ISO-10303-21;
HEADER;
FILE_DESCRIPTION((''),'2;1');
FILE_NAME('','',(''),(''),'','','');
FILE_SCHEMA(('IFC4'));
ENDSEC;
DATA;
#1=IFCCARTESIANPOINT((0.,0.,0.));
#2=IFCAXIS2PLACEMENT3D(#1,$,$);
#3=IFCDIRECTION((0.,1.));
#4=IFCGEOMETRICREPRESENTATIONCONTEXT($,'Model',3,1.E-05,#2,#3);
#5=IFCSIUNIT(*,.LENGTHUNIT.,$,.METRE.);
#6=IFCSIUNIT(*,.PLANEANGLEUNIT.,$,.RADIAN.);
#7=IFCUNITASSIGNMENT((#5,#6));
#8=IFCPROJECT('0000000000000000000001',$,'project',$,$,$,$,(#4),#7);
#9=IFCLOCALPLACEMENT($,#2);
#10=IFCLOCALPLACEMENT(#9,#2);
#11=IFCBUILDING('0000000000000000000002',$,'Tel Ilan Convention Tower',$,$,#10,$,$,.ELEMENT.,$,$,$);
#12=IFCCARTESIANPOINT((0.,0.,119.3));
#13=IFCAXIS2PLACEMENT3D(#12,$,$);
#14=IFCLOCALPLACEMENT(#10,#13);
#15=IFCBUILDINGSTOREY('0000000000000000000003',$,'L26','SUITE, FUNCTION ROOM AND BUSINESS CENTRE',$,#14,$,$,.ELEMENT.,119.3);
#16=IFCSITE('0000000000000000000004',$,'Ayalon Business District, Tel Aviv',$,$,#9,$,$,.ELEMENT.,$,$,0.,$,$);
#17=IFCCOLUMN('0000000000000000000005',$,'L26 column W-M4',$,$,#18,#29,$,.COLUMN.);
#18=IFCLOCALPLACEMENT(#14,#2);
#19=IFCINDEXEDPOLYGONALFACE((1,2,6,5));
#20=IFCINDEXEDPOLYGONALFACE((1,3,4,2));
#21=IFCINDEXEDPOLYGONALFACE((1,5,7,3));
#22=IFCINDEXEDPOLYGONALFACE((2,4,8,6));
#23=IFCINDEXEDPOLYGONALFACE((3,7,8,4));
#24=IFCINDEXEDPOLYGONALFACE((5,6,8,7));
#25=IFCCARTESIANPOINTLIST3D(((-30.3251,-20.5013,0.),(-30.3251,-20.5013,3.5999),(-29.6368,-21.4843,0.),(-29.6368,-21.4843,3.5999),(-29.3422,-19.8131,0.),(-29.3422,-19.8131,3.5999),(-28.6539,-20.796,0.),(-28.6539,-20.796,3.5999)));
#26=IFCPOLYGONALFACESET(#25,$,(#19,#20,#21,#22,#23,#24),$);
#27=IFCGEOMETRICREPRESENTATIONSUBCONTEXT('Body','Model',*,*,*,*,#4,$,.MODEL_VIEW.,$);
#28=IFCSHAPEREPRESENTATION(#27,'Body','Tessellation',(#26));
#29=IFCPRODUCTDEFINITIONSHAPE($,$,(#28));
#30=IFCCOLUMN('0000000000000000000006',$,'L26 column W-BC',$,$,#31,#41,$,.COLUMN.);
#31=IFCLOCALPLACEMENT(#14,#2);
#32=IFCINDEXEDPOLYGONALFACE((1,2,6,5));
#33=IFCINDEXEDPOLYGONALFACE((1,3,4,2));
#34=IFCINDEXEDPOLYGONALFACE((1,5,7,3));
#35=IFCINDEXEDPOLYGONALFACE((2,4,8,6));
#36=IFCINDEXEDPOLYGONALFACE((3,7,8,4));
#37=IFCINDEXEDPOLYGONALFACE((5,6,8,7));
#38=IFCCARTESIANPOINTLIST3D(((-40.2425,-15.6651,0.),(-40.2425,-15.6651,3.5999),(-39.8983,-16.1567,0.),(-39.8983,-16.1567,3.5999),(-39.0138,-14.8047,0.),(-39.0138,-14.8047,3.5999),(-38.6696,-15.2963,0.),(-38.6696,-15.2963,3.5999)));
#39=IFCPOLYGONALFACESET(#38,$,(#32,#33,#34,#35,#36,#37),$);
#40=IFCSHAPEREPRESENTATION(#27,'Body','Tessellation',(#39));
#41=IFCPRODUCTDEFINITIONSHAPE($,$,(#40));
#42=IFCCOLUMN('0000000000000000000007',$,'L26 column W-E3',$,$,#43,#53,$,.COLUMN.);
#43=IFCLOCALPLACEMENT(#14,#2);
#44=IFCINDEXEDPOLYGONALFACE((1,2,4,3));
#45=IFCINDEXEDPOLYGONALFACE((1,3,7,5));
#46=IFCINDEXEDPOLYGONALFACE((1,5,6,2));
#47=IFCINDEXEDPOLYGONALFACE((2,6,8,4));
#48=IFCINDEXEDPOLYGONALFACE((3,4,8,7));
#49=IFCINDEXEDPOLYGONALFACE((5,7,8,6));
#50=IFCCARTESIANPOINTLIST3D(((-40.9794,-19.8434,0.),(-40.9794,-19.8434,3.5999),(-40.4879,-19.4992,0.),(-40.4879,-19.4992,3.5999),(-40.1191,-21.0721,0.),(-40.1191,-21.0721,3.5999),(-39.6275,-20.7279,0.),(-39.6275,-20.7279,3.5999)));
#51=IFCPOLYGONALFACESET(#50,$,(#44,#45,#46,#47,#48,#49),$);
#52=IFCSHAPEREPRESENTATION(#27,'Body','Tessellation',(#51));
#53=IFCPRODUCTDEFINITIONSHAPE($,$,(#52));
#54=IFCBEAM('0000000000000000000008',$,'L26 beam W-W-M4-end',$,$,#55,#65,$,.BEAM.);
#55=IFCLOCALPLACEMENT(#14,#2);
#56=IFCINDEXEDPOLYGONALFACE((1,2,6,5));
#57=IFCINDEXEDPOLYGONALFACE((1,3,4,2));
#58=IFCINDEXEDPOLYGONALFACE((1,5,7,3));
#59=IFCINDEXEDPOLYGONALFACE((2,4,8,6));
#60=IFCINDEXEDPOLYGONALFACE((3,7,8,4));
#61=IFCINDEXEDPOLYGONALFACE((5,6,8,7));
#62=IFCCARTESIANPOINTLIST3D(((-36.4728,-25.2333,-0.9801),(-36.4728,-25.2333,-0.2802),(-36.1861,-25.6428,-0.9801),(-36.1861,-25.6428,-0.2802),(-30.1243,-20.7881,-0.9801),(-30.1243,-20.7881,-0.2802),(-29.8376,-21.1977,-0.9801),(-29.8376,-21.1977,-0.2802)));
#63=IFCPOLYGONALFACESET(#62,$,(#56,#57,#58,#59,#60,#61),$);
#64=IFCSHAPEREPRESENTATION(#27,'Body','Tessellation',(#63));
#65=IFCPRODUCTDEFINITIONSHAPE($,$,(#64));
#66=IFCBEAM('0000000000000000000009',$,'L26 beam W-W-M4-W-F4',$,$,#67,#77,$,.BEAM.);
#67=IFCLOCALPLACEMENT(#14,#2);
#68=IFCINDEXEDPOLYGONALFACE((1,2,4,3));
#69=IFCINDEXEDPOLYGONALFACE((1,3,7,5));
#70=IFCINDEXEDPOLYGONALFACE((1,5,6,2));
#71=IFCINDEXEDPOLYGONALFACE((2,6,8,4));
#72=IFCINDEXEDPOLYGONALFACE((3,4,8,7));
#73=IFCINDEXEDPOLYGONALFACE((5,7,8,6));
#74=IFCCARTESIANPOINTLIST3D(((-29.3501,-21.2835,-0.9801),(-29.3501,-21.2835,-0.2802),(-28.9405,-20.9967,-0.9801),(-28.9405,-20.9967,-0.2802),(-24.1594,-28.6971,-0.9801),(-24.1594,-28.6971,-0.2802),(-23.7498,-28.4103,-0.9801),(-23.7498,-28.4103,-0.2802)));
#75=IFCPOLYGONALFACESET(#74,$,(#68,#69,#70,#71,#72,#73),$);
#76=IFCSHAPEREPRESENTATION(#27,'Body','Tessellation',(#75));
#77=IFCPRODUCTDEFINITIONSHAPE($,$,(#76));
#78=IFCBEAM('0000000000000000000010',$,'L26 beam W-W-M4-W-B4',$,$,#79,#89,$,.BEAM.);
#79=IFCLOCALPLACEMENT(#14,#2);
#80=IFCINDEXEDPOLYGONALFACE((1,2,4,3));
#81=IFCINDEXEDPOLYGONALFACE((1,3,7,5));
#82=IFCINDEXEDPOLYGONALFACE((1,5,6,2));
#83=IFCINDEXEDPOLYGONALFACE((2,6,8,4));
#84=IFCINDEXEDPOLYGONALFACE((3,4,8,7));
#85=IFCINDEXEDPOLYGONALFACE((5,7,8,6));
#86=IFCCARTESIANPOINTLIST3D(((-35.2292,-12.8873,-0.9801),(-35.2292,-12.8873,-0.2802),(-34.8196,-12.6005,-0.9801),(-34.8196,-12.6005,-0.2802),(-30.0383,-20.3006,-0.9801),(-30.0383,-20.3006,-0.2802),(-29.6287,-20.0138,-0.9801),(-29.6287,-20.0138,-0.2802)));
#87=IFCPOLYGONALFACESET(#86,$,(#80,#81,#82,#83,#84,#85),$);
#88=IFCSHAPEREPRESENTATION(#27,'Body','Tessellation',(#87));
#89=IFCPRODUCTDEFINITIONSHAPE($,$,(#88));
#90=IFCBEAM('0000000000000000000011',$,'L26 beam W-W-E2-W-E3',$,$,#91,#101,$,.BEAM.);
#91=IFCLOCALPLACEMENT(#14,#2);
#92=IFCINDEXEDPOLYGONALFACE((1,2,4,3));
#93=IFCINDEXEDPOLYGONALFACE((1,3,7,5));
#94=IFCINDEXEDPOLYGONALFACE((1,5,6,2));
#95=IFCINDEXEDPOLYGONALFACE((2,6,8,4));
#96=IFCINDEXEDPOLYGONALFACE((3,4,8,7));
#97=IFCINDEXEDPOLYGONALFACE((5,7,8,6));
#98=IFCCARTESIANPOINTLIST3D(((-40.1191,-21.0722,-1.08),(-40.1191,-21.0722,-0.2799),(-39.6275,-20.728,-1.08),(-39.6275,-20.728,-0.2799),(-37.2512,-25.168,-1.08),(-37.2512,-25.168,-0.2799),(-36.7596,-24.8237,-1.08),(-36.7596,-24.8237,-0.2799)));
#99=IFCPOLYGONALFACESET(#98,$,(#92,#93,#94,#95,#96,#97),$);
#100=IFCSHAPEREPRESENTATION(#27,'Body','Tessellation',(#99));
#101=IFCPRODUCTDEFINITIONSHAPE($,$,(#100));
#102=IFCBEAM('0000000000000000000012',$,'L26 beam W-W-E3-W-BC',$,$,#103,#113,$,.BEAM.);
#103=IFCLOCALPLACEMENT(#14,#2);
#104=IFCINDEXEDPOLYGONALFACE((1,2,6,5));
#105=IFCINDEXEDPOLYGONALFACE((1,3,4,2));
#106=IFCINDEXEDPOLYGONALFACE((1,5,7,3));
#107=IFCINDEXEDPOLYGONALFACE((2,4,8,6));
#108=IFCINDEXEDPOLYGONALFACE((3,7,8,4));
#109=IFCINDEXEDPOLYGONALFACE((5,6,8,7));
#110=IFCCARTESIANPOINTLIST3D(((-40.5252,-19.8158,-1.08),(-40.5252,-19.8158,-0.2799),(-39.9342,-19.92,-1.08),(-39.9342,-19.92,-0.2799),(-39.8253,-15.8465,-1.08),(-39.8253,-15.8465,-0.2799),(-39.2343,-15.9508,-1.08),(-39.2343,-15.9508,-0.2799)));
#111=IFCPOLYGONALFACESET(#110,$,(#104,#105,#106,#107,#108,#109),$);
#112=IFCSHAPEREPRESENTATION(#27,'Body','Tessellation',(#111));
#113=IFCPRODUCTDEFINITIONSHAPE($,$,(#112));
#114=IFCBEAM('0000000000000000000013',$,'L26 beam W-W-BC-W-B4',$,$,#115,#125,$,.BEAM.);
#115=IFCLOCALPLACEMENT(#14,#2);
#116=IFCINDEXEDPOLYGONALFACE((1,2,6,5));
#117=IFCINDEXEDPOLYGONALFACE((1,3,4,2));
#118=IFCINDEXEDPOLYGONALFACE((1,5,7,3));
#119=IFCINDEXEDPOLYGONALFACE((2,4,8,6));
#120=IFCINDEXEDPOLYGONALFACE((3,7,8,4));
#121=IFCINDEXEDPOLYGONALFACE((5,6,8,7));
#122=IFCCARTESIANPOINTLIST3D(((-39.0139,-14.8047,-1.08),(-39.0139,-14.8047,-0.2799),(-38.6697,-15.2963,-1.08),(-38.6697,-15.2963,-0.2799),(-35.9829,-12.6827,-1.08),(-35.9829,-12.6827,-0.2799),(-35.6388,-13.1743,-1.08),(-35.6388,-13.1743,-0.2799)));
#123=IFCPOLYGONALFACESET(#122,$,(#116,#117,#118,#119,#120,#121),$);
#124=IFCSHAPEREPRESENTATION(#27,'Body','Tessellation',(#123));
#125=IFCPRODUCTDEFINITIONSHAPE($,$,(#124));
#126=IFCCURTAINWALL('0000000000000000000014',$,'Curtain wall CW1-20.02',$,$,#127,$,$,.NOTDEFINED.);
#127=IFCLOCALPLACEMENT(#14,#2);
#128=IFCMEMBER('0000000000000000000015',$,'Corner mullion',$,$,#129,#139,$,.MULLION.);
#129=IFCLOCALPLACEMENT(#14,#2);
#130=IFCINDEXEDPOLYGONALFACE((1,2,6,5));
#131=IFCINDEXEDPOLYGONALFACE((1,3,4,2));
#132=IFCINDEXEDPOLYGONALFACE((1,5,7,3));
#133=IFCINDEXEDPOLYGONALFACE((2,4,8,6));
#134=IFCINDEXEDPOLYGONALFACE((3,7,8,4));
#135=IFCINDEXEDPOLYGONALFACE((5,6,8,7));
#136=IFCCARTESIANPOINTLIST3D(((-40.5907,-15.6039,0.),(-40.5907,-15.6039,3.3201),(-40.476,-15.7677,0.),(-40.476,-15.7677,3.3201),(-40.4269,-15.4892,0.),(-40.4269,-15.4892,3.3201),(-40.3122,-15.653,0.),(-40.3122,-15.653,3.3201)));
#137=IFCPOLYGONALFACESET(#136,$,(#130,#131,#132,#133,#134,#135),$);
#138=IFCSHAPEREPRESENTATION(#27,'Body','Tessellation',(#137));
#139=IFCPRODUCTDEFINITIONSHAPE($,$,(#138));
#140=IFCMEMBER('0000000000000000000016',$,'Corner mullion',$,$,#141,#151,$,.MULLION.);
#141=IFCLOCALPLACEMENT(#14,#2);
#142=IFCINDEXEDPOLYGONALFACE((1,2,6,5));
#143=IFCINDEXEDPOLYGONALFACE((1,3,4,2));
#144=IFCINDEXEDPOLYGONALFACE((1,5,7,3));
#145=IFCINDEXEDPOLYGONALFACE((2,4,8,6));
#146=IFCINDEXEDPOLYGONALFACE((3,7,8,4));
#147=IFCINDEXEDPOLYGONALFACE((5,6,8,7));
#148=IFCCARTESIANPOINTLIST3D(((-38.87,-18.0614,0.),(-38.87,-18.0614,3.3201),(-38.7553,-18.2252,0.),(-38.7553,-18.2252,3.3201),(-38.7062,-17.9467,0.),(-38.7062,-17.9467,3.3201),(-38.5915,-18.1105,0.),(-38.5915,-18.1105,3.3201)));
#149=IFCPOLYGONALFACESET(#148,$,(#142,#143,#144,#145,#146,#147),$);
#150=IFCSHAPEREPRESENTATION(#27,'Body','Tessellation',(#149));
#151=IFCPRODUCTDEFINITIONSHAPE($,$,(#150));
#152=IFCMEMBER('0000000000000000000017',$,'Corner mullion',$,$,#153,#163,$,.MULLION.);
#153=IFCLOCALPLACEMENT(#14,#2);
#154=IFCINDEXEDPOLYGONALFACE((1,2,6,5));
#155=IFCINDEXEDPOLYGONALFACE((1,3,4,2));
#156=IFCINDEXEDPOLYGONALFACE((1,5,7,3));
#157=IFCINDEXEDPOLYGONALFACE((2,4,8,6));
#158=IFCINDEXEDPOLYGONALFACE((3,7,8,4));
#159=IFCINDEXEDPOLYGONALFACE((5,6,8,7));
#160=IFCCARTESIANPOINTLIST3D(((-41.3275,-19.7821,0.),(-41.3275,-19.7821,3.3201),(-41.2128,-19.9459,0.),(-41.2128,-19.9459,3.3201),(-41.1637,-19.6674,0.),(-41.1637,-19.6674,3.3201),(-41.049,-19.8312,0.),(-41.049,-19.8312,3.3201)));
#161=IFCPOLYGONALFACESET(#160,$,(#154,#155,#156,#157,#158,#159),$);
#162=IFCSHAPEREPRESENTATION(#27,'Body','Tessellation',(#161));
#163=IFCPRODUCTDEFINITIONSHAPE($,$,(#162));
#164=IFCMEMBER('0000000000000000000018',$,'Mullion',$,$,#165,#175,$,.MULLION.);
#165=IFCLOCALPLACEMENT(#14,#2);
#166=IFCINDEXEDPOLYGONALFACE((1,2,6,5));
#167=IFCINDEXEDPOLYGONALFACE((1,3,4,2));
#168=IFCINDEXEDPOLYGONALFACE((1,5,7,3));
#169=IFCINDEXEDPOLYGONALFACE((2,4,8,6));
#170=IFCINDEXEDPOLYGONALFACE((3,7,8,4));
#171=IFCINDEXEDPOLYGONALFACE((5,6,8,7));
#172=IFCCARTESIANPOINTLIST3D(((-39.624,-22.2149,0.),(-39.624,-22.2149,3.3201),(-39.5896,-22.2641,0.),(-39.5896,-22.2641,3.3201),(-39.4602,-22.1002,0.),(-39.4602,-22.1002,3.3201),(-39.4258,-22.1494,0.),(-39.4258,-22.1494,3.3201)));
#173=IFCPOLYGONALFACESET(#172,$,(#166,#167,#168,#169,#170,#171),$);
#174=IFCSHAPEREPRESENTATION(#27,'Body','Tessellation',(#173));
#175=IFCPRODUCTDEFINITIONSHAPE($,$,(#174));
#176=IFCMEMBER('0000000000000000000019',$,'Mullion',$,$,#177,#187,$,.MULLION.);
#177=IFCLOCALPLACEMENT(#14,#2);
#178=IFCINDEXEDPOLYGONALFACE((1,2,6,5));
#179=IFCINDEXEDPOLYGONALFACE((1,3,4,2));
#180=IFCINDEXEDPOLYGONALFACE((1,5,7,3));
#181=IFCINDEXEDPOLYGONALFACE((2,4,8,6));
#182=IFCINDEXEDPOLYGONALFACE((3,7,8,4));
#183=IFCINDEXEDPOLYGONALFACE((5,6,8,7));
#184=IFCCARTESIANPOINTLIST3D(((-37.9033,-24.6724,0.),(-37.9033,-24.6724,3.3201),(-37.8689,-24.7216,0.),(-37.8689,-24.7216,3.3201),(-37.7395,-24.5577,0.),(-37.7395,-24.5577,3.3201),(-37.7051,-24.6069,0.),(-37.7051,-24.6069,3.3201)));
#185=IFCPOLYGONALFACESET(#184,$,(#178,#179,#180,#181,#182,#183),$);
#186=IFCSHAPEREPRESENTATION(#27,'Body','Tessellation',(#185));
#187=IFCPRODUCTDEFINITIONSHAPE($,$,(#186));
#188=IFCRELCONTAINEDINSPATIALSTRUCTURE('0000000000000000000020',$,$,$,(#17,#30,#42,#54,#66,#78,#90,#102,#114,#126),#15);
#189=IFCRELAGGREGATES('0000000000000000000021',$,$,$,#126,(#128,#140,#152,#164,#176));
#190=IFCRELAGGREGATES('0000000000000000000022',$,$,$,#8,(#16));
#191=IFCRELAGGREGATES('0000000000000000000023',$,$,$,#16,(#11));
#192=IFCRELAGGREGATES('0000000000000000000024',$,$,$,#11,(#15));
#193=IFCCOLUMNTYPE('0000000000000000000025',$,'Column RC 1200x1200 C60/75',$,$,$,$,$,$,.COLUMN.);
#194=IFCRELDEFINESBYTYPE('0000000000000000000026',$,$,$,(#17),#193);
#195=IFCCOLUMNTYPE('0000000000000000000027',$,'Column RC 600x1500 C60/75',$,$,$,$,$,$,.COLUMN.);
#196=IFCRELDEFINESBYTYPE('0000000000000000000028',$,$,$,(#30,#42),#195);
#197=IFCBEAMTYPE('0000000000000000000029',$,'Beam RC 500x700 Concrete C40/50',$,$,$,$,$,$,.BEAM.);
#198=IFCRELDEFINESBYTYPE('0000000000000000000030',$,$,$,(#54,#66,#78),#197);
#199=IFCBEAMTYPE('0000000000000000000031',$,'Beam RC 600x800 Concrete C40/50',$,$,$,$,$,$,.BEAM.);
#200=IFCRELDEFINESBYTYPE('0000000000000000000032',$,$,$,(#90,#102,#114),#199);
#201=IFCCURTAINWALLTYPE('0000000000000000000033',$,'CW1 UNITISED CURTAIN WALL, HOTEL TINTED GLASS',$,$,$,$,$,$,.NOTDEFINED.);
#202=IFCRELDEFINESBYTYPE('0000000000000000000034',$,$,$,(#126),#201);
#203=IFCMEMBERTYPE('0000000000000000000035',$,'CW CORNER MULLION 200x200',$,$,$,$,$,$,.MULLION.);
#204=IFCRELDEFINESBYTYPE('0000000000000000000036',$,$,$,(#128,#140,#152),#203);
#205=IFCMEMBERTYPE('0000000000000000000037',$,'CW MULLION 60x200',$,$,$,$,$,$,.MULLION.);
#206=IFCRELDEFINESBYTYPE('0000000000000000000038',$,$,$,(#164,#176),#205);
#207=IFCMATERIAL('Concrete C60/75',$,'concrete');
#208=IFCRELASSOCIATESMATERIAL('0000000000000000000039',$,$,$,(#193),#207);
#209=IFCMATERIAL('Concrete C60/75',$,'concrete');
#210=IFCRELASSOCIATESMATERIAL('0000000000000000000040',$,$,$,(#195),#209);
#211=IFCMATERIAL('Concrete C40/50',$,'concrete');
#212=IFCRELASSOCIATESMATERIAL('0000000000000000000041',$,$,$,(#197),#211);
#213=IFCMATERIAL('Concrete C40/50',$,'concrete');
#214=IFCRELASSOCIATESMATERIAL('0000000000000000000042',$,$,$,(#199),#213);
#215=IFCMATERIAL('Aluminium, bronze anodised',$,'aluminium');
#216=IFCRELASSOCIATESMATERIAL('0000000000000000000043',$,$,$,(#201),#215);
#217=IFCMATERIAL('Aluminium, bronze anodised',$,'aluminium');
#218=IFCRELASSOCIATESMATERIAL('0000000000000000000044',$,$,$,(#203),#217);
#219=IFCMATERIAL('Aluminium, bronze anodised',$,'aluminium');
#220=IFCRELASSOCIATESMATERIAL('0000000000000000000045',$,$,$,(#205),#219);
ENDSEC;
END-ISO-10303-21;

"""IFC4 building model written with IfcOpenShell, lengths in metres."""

from ifc_helpers import new_model, si_unit, direction, frame, origin, origin_2d, place, context, subcontext, project, spatial, rectangle, extrude, material, material_profile, profile_set, type_object, element, aggregate, save


model = new_model("IFC4")

# Units and contexts
model_context = context("Model", 3, precision=1e-05, world=origin(), true_north=direction((0.0, 1.0)))
body_context = subcontext(model_context, "Body", "Model", "MODEL_VIEW")
ifc_project = project(units=[si_unit("LENGTHUNIT", "METRE"), si_unit("PLANEANGLEUNIT", "RADIAN")], contexts=[model_context])

# Site, building, storey
site_placement = place(None, origin())
site = spatial("IfcSite", under=ifc_project, at=site_placement, Name="Ayalon Business District, Tel Aviv", CompositionType="ELEMENT", RefElevation=0.0)
building_placement = place(site_placement, origin())
building = spatial("IfcBuilding", under=site, at=building_placement, Name="Tel Ilan Convention Tower", CompositionType="ELEMENT")
storey_placement = place(building_placement, frame((0.0, 0.0, 119.3)))
storey = spatial("IfcBuildingStorey", under=building, at=storey_placement, Name="L26", Description="SUITE, FUNCTION ROOM AND BUSINESS CENTRE", CompositionType="ELEMENT", Elevation=119.3)

# Columns
ifc_material_1 = material(Name="Concrete C60/75", Category="concrete")
ifc_material_profile_1 = material_profile(ifc_material_1, rectangle(XDim=1.2, YDim=1.2, at=origin_2d()), Name="RC 1200x1200")
ifc_profile_set_1 = profile_set([ifc_material_profile_1], Name="Concrete C60/75")
column_type_1 = type_object("IfcColumnType", Name="Column RC 1200x1200 C60/75", PredefinedType="COLUMN", material=ifc_profile_set_1)
column_placement = place(storey_placement, frame((-29.4895, -20.6487, 0.0), z_axis=(0.0, 0.0, 1.0), x_axis=(-0.819152, -0.573576, 0.0)))
element("IfcColumn", 1, at=column_placement, inside=storey, type_object=column_type_1, Name="L26 column W-M4", PredefinedType="COLUMN", context=body_context, shape_type="SweptSolid", body=[
    extrude(rectangle(XDim=1.2, YDim=1.2, at=origin_2d()), origin(), (0.0, 0.0, 1.0), 3.5999),
])
ifc_material_2 = material(Name="Concrete C60/75", Category="concrete")
ifc_material_profile_2 = material_profile(ifc_material_2, rectangle(XDim=1.5, YDim=0.6001, at=origin_2d()), Name="RC 600x1500")
ifc_profile_set_2 = profile_set([ifc_material_profile_2], Name="Concrete C60/75")
column_type_2 = type_object("IfcColumnType", Name="Column RC 600x1500 C60/75", PredefinedType="COLUMN", material=ifc_profile_set_2)
for number, where, z_axis, x_axis, name in (
    (2, (-39.4561, -15.4807, 0.0), (0.0, 0.0, 1.0), (-0.819152, -0.573576, 0.0), "L26 column W-BC"),
    (3, (-40.3035, -20.2856, 0.0), (0.0, 0.0, 1.0), (-0.573576, 0.819152, 0.0), "L26 column W-E3"),
):
    element("IfcColumn", number, at=place(storey_placement, frame(where, z_axis=z_axis, x_axis=x_axis)), inside=storey, type_object=column_type_2, Name=name, PredefinedType="COLUMN", context=body_context, shape_type="SweptSolid", body=[
        extrude(rectangle(XDim=1.5, YDim=0.6001, at=origin_2d()), origin(), (0.0, 0.0, 1.0), 3.5999),
    ])

# Beams
ifc_material_3 = material(Name="Concrete C40/50", Category="concrete")
ifc_material_profile_3 = material_profile(ifc_material_3, rectangle(XDim=0.5, YDim=0.7, at=origin_2d()), Name="RC 500x700")
ifc_profile_set_3 = profile_set([ifc_material_profile_3], Name="Concrete C40/50")
beam_type_1 = type_object("IfcBeamType", Name="Beam RC 500x700 Concrete C40/50", PredefinedType="BEAM", material=ifc_profile_set_3)
beam_1_placement = place(storey_placement, frame((-29.981, -20.9929, -0.6301), z_axis=(-0.819159, -0.573566, 0.0), x_axis=(0.573566, -0.819159, 0.0)))
element("IfcBeam", 4, at=beam_1_placement, inside=storey, type_object=beam_type_1, Name="L26 beam W-W-M4-end", PredefinedType="BEAM", context=body_context, shape_type="SweptSolid", body=[
    extrude(rectangle(XDim=0.5, YDim=0.7, at=origin_2d()), origin(), (0.0, 0.0, 1.0), 7.75),
])
for number, where, z_axis, x_axis, name in (
    (5, (-29.1453, -21.1401, -0.6301), (0.573549, -0.819171, 0.0), (0.819171, 0.573549, 0.0), "L26 beam W-W-M4-W-F4"),
    (6, (-29.8335, -20.1572, -0.6301), (-0.57358, 0.81915, 0.0), (-0.81915, -0.57358, 0.0), "L26 beam W-W-M4-W-B4"),
):
    element("IfcBeam", number, at=place(storey_placement, frame(where, z_axis=z_axis, x_axis=x_axis)), inside=storey, type_object=beam_type_1, Name=name, PredefinedType="BEAM", context=body_context, shape_type="SweptSolid", body=[
        extrude(rectangle(XDim=0.5, YDim=0.7, at=origin_2d()), origin(), (0.0, 0.0, 1.0), 9.05),
    ])
ifc_material_4 = material(Name="Concrete C40/50", Category="concrete")
ifc_material_profile_4 = material_profile(ifc_material_4, rectangle(XDim=0.6001, YDim=0.8, at=origin_2d()), Name="RC 600x800")
ifc_profile_set_4 = profile_set([ifc_material_profile_4], Name="Concrete C40/50")
beam_type_2 = type_object("IfcBeamType", Name="Beam RC 600x800 Concrete C40/50", PredefinedType="BEAM", material=ifc_profile_set_4)
beam_2_placement = place(storey_placement, frame((-37.0054, -24.9958, -0.6799), z_axis=(-0.573587, 0.819145, 0.0), x_axis=(-0.819145, -0.573587, 0.0)))
element("IfcBeam", 7, at=beam_2_placement, inside=storey, type_object=beam_type_2, Name="L26 beam W-W-E2-W-E3", PredefinedType="BEAM", context=body_context, shape_type="SweptSolid", body=[
    extrude(rectangle(XDim=0.6001, YDim=0.8, at=origin_2d()), origin(), (0.0, 0.0, 1.0), 5.0),
])
beam_3_placement = place(storey_placement, frame((-40.2297, -19.8679, -0.6799), z_axis=(0.173664, 0.984805, 0.0), x_axis=(-0.984805, 0.173664, 0.0)))
element("IfcBeam", 8, at=beam_3_placement, inside=storey, type_object=beam_type_2, Name="L26 beam W-W-E3-W-BC", PredefinedType="BEAM", context=body_context, shape_type="SweptSolid", body=[
    extrude(rectangle(XDim=0.6001, YDim=0.8, at=origin_2d()), origin(), (0.0, 0.0, 1.0), 4.0305),
])
beam_4_placement = place(storey_placement, frame((-38.8418, -15.0505, -0.6799), z_axis=(0.819185, 0.573529, 0.0), x_axis=(-0.573529, 0.819185, 0.0)))
element("IfcBeam", 9, at=beam_4_placement, inside=storey, type_object=beam_type_2, Name="L26 beam W-W-BC-W-B4", PredefinedType="BEAM", context=body_context, shape_type="SweptSolid", body=[
    extrude(rectangle(XDim=0.6001, YDim=0.8, at=origin_2d()), origin(), (0.0, 0.0, 1.0), 3.7),
])

# Curtain wall, members
ifc_material_5 = material(Name="Aluminium, bronze anodised", Category="aluminium")
curtain_wall_type = type_object("IfcCurtainWallType", Name="CW1 UNITISED CURTAIN WALL, HOTEL TINTED GLASS", PredefinedType="NOTDEFINED", material=ifc_material_5)
curtain_wall_placement = place(storey_placement, origin())
curtain_wall = element("IfcCurtainWall", 10, at=curtain_wall_placement, inside=storey, type_object=curtain_wall_type, Name="Curtain wall CW1-20.02", PredefinedType="NOTDEFINED")
ifc_material_6 = material(Name="Aluminium, bronze anodised", Category="aluminium")
ifc_material_profile_5 = material_profile(ifc_material_6, rectangle(XDim=0.2, YDim=0.2, at=origin_2d()), Name="CW CORNER MULLION 200x200")
ifc_profile_set_5 = profile_set([ifc_material_profile_5], Name="Aluminium, bronze anodised")
member_type_1 = type_object("IfcMemberType", Name="CW CORNER MULLION 200x200", PredefinedType="MULLION", material=ifc_profile_set_5)
member_1_placement = place(storey_placement, frame((-40.4514, -15.6284, 0.0), z_axis=(0.0, 0.0, 1.0), x_axis=(-0.819152, -0.573576, 0.0)))
member_1 = element("IfcMember", 11, at=member_1_placement, type_object=member_type_1, Name="Corner mullion", PredefinedType="MULLION", context=body_context, shape_type="SweptSolid", body=[
    extrude(rectangle(XDim=0.2, YDim=0.2, at=origin_2d()), origin(), (0.0, 0.0, 1.0), 3.3201),
])
member_2_placement = place(storey_placement, frame((-38.7307, -18.0859, 0.0), z_axis=(0.0, 0.0, 1.0), x_axis=(0.573576, -0.819152, 0.0)))
member_2 = element("IfcMember", 12, at=member_2_placement, type_object=member_type_1, Name="Corner mullion", PredefinedType="MULLION", context=body_context, shape_type="SweptSolid", body=[
    extrude(rectangle(XDim=0.2, YDim=0.2, at=origin_2d()), origin(), (0.0, 0.0, 1.0), 3.3201),
])
member_3_placement = place(storey_placement, frame((-41.1882, -19.8066, 0.0), z_axis=(0.0, 0.0, 1.0), x_axis=(-0.819152, -0.573576, 0.0)))
member_3 = element("IfcMember", 13, at=member_3_placement, type_object=member_type_1, Name="Corner mullion", PredefinedType="MULLION", context=body_context, shape_type="SweptSolid", body=[
    extrude(rectangle(XDim=0.2, YDim=0.2, at=origin_2d()), origin(), (0.0, 0.0, 1.0), 3.3201),
])
ifc_material_7 = material(Name="Aluminium, bronze anodised", Category="aluminium")
ifc_material_profile_6 = material_profile(ifc_material_7, rectangle(XDim=0.0601, YDim=0.2, at=origin_2d()), Name="CW MULLION 60x200")
ifc_profile_set_6 = profile_set([ifc_material_profile_6], Name="Aluminium, bronze anodised")
member_type_2 = type_object("IfcMemberType", Name="CW MULLION 60x200", PredefinedType="MULLION", material=ifc_profile_set_6)
member_4_placement = place(storey_placement, frame((-39.5249, -22.1821, 0.0), z_axis=(0.0, 0.0, 1.0), x_axis=(0.573576, -0.819152, 0.0)))
member_4 = element("IfcMember", 14, at=member_4_placement, type_object=member_type_2, Name="Mullion", PredefinedType="MULLION", context=body_context, shape_type="SweptSolid", body=[
    extrude(rectangle(XDim=0.0601, YDim=0.2, at=origin_2d()), origin(), (0.0, 0.0, 1.0), 3.3201),
])
member_5_placement = place(storey_placement, frame((-37.8042, -24.6396, 0.0), z_axis=(0.0, 0.0, 1.0), x_axis=(0.573576, -0.819152, 0.0)))
member_5 = element("IfcMember", 15, at=member_5_placement, type_object=member_type_2, Name="Mullion", PredefinedType="MULLION", context=body_context, shape_type="SweptSolid", body=[
    extrude(rectangle(XDim=0.0601, YDim=0.2, at=origin_2d()), origin(), (0.0, 0.0, 1.0), 3.3201),
])
aggregate(curtain_wall, [member_1, member_2, member_3, member_4, member_5])

save(model, "model.ifc")
